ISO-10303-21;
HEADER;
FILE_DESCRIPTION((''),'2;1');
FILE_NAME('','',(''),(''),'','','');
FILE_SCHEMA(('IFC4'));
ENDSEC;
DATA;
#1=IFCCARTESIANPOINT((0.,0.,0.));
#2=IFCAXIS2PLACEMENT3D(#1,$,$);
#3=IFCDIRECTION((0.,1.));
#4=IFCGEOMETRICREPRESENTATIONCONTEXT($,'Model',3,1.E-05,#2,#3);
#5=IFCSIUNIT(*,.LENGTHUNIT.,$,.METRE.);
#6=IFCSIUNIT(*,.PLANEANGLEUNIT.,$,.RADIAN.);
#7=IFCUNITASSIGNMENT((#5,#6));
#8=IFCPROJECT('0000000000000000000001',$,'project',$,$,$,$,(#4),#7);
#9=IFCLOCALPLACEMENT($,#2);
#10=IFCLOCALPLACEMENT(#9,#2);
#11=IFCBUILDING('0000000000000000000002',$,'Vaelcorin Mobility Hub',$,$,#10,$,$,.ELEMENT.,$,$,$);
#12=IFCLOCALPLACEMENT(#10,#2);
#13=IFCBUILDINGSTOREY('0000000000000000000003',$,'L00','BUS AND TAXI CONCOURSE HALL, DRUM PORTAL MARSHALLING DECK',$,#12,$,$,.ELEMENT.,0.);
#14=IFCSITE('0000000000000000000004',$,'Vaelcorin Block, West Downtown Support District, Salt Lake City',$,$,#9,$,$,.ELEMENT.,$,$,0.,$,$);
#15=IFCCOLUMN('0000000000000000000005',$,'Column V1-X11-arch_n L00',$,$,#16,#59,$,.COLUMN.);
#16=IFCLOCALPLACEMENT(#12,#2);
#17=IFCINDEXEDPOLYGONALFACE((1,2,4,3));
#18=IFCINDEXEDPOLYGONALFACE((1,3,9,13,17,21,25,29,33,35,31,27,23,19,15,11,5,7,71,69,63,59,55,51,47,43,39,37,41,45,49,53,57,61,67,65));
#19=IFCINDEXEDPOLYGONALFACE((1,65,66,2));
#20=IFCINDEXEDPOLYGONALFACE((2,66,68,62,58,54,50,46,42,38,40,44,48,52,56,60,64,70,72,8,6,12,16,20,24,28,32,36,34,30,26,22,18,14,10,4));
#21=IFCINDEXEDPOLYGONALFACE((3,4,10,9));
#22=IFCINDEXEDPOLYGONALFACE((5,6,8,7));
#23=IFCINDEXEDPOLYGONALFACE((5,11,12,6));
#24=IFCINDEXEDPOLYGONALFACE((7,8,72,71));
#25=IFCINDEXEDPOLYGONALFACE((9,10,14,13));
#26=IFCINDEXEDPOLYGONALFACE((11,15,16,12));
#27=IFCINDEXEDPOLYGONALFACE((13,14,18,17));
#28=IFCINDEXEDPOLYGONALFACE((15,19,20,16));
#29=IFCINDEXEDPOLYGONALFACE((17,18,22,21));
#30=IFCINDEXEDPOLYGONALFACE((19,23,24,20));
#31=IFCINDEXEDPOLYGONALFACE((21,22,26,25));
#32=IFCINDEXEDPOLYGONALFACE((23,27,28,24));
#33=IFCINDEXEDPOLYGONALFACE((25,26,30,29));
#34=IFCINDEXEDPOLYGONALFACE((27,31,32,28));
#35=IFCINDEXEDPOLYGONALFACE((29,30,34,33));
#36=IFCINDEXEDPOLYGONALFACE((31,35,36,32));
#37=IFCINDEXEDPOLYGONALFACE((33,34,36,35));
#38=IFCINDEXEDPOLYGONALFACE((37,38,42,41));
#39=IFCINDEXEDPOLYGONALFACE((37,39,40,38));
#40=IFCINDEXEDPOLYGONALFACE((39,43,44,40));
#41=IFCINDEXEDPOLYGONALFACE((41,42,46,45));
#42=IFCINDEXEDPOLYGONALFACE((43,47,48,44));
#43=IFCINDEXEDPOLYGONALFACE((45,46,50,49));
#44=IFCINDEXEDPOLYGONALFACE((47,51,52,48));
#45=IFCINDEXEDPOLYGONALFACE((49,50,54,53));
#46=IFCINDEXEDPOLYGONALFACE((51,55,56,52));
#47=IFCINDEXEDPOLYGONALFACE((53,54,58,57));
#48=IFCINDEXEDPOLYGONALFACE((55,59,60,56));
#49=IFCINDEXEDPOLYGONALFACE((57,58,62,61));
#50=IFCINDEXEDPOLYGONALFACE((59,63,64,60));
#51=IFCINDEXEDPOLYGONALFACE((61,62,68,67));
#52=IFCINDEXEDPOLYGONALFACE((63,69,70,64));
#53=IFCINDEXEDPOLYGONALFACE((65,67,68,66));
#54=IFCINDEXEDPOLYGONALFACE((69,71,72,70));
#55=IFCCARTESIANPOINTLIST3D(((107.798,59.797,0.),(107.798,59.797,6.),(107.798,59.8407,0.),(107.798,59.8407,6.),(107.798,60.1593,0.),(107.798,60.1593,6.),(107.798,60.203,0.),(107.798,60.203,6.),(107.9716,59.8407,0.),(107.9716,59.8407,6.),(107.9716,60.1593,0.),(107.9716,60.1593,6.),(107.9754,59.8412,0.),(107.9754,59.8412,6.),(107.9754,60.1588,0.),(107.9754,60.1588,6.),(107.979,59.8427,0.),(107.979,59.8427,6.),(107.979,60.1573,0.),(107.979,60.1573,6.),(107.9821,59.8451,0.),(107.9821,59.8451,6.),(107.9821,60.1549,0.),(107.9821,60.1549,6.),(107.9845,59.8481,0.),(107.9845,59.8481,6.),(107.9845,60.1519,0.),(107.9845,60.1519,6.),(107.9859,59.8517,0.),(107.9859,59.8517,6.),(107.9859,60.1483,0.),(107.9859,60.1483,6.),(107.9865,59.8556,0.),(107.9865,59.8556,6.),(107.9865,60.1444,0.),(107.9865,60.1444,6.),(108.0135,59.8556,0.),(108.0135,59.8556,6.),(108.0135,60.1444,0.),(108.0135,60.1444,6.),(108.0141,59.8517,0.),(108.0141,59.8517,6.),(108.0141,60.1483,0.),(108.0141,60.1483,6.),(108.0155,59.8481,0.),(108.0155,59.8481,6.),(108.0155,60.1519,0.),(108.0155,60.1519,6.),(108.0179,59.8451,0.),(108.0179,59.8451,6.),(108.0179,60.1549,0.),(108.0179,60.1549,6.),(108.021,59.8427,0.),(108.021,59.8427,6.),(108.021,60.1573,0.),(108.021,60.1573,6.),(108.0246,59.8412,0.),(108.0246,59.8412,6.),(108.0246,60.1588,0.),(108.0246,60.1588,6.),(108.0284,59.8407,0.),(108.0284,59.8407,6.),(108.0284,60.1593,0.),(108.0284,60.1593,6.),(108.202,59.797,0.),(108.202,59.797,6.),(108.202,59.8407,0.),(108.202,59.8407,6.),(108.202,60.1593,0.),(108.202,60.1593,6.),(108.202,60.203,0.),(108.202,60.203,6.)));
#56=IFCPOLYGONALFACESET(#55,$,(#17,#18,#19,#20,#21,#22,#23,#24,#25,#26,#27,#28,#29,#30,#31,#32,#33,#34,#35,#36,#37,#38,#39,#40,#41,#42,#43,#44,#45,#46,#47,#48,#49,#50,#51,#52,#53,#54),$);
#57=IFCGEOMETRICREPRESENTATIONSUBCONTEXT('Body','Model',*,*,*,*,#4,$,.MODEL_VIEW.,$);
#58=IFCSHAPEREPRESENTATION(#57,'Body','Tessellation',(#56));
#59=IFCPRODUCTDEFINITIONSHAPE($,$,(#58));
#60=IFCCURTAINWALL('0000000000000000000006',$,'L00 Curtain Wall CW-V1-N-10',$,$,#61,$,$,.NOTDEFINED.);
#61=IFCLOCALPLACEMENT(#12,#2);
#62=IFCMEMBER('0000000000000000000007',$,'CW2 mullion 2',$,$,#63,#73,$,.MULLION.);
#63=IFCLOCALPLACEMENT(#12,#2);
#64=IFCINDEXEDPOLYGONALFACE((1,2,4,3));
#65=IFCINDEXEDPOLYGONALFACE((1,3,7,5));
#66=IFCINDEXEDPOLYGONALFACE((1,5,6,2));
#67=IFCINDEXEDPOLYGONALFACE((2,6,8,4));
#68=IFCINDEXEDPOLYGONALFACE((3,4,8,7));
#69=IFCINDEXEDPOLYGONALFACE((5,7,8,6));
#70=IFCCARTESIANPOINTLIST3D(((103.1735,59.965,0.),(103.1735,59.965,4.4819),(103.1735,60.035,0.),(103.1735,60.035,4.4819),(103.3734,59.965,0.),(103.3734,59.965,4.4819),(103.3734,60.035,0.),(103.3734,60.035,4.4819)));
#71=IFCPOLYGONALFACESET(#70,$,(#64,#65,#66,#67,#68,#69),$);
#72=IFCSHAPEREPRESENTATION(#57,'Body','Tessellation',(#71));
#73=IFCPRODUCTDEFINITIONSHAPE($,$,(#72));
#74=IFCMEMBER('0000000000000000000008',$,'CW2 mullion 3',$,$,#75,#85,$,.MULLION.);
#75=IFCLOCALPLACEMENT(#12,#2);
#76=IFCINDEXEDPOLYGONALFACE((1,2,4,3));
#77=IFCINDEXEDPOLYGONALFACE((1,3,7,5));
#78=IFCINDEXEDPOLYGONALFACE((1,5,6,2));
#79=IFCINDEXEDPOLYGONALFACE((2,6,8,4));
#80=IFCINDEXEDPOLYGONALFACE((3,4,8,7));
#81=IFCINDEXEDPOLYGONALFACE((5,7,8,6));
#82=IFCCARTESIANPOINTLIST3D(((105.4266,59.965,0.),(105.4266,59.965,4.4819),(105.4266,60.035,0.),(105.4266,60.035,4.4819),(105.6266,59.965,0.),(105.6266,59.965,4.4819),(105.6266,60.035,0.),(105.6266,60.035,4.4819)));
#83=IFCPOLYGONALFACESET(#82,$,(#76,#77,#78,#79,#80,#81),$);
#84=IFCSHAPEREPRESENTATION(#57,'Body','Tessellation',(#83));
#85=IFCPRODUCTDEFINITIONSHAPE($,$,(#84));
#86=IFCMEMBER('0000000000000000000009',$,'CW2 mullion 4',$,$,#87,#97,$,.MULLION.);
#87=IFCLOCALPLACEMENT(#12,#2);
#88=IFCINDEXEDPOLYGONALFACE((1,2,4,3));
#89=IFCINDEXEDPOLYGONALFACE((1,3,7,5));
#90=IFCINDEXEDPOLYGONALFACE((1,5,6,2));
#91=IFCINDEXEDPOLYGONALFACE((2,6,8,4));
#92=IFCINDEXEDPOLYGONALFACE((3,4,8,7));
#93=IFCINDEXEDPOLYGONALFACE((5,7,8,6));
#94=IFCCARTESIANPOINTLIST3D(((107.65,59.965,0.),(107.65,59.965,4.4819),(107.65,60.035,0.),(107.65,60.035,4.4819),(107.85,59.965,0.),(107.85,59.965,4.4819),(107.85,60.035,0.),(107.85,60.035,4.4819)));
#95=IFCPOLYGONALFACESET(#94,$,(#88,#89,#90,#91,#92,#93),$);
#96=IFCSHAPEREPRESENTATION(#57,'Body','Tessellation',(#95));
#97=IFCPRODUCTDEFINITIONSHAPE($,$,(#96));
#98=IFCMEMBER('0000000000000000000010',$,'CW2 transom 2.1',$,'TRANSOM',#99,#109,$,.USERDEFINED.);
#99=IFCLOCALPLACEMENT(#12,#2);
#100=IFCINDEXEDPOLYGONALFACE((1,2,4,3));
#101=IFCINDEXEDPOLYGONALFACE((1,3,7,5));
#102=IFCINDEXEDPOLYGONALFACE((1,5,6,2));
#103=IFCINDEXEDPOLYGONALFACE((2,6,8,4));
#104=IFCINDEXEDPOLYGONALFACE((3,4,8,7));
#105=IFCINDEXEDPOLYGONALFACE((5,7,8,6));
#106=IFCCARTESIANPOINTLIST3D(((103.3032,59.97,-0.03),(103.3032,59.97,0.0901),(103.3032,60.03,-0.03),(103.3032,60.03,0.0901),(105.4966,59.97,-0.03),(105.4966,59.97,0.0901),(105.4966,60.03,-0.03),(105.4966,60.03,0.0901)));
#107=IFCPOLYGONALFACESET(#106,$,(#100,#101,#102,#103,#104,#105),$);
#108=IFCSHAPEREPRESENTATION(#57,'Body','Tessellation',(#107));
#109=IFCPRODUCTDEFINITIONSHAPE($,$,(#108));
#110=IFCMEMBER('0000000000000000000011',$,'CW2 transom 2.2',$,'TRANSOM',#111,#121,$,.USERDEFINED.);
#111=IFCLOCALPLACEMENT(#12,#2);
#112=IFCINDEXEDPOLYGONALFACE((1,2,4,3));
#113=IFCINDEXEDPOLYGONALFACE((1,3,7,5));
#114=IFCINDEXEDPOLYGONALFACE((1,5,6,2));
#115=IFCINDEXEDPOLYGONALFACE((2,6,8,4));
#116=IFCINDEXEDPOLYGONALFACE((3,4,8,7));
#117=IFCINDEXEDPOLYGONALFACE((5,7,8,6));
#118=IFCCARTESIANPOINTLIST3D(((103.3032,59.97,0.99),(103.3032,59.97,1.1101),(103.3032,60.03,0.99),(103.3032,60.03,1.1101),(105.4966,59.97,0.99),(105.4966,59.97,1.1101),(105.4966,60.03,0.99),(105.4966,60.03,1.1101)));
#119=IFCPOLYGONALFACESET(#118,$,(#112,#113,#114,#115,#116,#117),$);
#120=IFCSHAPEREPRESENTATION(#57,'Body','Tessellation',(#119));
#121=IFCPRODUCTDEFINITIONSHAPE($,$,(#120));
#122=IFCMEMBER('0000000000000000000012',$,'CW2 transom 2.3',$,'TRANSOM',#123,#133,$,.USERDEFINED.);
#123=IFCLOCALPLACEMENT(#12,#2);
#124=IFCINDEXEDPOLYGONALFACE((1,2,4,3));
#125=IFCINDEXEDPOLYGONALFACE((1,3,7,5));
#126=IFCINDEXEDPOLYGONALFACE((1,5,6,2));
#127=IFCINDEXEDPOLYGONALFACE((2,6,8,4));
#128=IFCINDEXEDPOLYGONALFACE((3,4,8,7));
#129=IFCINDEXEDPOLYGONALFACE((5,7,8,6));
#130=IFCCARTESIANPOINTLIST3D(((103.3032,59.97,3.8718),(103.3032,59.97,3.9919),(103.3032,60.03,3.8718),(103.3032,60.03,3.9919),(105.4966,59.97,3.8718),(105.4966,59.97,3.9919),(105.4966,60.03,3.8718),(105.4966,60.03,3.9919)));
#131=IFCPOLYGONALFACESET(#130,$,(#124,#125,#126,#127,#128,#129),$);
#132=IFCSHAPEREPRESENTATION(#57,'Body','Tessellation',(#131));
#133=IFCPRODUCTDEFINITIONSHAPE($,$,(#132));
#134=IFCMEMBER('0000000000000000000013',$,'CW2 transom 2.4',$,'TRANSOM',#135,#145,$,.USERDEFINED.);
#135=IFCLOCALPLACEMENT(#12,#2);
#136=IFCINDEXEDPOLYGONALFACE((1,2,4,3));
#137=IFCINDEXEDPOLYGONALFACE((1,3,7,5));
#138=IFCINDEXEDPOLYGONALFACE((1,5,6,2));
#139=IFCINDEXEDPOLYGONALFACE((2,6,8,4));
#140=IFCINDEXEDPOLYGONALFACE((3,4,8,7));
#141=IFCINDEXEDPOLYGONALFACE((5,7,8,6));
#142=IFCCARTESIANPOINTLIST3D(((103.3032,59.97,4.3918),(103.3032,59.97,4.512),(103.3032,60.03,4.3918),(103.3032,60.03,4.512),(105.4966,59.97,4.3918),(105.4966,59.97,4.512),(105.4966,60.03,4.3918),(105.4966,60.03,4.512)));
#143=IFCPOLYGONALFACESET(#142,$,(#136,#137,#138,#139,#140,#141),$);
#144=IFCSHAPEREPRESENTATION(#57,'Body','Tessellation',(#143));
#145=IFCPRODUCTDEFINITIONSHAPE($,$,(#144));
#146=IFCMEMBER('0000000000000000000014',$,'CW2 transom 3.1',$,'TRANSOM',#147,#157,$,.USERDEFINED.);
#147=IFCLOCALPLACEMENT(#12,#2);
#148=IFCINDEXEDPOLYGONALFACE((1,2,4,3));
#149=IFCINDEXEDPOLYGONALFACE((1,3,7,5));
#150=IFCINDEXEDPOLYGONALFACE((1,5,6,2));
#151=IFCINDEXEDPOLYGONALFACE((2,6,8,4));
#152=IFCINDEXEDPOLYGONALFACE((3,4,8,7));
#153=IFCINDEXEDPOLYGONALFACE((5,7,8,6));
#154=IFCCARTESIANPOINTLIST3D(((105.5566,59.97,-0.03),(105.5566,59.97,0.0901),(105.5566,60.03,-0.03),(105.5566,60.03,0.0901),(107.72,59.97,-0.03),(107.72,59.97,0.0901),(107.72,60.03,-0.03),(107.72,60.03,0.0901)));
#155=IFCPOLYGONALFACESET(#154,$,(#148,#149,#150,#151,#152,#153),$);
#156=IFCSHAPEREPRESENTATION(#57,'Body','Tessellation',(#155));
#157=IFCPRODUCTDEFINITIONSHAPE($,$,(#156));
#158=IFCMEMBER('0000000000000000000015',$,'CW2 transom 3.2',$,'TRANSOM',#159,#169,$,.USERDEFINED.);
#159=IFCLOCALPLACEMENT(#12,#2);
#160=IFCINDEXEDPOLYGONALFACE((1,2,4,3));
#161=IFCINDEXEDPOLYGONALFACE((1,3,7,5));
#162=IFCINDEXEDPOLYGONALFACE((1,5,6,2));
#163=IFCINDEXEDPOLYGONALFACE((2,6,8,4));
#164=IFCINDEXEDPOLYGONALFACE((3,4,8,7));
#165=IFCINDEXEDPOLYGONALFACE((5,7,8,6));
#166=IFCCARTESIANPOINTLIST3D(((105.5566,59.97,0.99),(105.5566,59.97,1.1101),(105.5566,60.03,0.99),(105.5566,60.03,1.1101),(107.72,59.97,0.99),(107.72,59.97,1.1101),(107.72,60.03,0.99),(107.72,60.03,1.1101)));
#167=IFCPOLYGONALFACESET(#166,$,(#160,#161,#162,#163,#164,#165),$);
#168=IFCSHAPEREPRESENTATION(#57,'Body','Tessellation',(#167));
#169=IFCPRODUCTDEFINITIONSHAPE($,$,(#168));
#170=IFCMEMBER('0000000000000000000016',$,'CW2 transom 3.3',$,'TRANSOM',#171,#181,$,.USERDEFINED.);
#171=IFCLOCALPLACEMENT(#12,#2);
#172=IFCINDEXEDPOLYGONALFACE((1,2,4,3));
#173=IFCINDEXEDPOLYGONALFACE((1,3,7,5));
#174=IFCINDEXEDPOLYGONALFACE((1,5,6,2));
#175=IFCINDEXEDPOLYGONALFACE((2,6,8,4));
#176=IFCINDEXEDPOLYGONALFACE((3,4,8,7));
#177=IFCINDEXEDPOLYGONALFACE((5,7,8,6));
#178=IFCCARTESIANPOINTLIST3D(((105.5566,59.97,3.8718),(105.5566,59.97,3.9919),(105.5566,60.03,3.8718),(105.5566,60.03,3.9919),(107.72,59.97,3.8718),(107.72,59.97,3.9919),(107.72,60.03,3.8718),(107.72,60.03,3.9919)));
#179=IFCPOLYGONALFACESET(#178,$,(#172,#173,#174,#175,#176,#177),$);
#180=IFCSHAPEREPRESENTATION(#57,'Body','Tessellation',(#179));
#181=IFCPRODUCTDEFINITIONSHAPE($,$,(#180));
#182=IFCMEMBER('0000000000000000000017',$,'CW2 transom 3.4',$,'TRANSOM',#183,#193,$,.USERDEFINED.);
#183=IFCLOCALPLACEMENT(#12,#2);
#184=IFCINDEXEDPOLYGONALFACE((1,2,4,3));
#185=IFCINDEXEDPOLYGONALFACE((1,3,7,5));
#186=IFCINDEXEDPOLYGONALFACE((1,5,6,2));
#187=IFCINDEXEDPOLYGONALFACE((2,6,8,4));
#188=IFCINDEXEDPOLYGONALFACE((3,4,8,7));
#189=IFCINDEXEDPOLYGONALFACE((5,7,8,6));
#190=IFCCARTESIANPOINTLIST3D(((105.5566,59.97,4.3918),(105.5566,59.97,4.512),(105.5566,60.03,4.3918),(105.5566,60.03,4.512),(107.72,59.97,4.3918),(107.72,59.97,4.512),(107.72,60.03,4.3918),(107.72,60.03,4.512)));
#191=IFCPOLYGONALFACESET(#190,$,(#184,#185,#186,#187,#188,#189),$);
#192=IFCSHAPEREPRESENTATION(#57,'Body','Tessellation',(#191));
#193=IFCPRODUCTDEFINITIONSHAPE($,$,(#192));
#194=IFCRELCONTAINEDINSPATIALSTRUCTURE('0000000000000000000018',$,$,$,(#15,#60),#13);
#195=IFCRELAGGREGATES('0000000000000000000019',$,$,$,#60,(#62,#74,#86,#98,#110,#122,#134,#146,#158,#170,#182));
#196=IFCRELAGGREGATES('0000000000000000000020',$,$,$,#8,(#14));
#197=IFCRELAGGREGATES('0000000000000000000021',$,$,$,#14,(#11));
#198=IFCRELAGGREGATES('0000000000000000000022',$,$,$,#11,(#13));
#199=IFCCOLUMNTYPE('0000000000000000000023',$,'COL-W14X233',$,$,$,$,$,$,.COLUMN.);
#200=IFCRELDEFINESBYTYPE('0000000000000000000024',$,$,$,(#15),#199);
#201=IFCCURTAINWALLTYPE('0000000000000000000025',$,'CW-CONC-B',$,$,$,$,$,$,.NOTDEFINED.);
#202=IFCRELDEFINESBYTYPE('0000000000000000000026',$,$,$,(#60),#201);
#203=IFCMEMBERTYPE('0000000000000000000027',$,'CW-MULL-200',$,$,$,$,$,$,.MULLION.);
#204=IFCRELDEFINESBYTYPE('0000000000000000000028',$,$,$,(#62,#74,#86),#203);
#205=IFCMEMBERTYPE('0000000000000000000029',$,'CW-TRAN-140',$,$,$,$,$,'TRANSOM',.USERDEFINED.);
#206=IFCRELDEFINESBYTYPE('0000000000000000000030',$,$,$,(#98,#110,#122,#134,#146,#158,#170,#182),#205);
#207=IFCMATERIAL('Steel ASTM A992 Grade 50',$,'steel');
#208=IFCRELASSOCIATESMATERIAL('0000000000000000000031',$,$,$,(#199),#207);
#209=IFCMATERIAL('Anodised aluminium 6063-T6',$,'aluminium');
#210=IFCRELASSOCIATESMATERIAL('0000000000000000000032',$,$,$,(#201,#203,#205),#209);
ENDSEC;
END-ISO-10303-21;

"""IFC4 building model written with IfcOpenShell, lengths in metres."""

from ifc_helpers import new_model, si_unit, direction, frame, origin, origin_2d, place, context, subcontext, project, spatial, rectangle, i_section, extrude, material, material_profile, profile_set, type_object, element, aggregate, save


model = new_model("IFC4")

# Units and contexts
model_context = context("Model", 3, precision=1e-05, world=origin(), true_north=direction((0.0, 1.0)))
body_context = subcontext(model_context, "Body", "Model", "MODEL_VIEW")
ifc_project = project(units=[si_unit("LENGTHUNIT", "METRE"), si_unit("PLANEANGLEUNIT", "RADIAN")], contexts=[model_context])

# Site, building, storey
site_placement = place(None, origin())
site = spatial("IfcSite", under=ifc_project, at=site_placement, Name="Vaelcorin Block, West Downtown Support District, Salt Lake City", CompositionType="ELEMENT", RefElevation=0.0)
building_placement = place(site_placement, origin())
building = spatial("IfcBuilding", under=site, at=building_placement, Name="Vaelcorin Mobility Hub", CompositionType="ELEMENT")
storey_placement = place(building_placement, origin())
storey = spatial("IfcBuildingStorey", under=building, at=storey_placement, Name="L00", Description="BUS AND TAXI CONCOURSE HALL, DRUM PORTAL MARSHALLING DECK", CompositionType="ELEMENT", Elevation=0.0)

# Column
ifc_material_1 = material(Name="Steel ASTM A992 Grade 50", Category="steel")
ifc_material_profile_1 = material_profile(ifc_material_1, i_section(OverallWidth=0.4041, OverallDepth=0.406, WebThickness=0.0271, FlangeThickness=0.0437, FilletRadius=0.0149, at=origin_2d()), Name="W14X233")
ifc_profile_set_1 = profile_set([ifc_material_profile_1], Name="Steel ASTM A992 Grade 50")
column_type = type_object("IfcColumnType", Name="COL-W14X233", PredefinedType="COLUMN", material=ifc_profile_set_1)
column_placement = place(storey_placement, frame((108.0, 60.0, 0.0), z_axis=(0.0, 0.0, 1.0), x_axis=(1.0, 0.0, 0.0)))
element("IfcColumn", 1, at=column_placement, inside=storey, type_object=column_type, Name="Column V1-X11-arch_n L00", PredefinedType="COLUMN", context=body_context, shape_type="SweptSolid", body=[
    extrude(i_section(OverallWidth=0.4041, OverallDepth=0.406, WebThickness=0.0271, FlangeThickness=0.0437, FilletRadius=0.0149, at=origin_2d()), origin(), (0.0, 0.0, 1.0), 6.0),
])

# Curtain wall, members
ifc_material_2 = material(Name="Anodised aluminium 6063-T6", Category="aluminium")
curtain_wall_type = type_object("IfcCurtainWallType", Name="CW-CONC-B", PredefinedType="NOTDEFINED", material=ifc_material_2)
curtain_wall_placement = place(storey_placement, origin())
curtain_wall = element("IfcCurtainWall", 2, at=curtain_wall_placement, inside=storey, type_object=curtain_wall_type, Name="L00 Curtain Wall CW-V1-N-10", PredefinedType="NOTDEFINED")
ifc_material_profile_2 = material_profile(ifc_material_2, rectangle(XDim=0.0701, YDim=0.2, at=origin_2d()), Name="ALU-M70X200")
ifc_profile_set_2 = profile_set([ifc_material_profile_2], Name="Anodised aluminium 6063-T6")
member_type_1 = type_object("IfcMemberType", Name="CW-MULL-200", PredefinedType="MULLION", material=ifc_profile_set_2)
member_1_placement = place(storey_placement, frame((103.2734, 60.0, 0.0), z_axis=(0.0, 0.0, 1.0), x_axis=(0.0, 1.0, 0.0)))
member_1 = element("IfcMember", 3, at=member_1_placement, type_object=member_type_1, Name="CW2 mullion 2", PredefinedType="MULLION", context=body_context, shape_type="SweptSolid", body=[
    extrude(rectangle(XDim=0.0701, YDim=0.2, at=origin_2d()), origin(), (0.0, 0.0, 1.0), 4.4819),
])
member_2_placement = place(storey_placement, frame((105.5266, 60.0, 0.0), z_axis=(0.0, 0.0, 1.0), x_axis=(0.0, 1.0, 0.0)))
member_2 = element("IfcMember", 4, at=member_2_placement, type_object=member_type_1, Name="CW2 mullion 3", PredefinedType="MULLION", context=body_context, shape_type="SweptSolid", body=[
    extrude(rectangle(XDim=0.0701, YDim=0.2, at=origin_2d()), origin(), (0.0, 0.0, 1.0), 4.4819),
])
member_3_placement = place(storey_placement, frame((107.75, 60.0, 0.0), z_axis=(0.0, 0.0, 1.0), x_axis=(0.0, 1.0, 0.0)))
member_3 = element("IfcMember", 5, at=member_3_placement, type_object=member_type_1, Name="CW2 mullion 4", PredefinedType="MULLION", context=body_context, shape_type="SweptSolid", body=[
    extrude(rectangle(XDim=0.0701, YDim=0.2, at=origin_2d()), origin(), (0.0, 0.0, 1.0), 4.4819),
])
ifc_material_profile_3 = material_profile(ifc_material_2, rectangle(XDim=0.0601, YDim=0.1201, at=origin_2d()), Name="ALU-T60X120")
ifc_profile_set_3 = profile_set([ifc_material_profile_3], Name="Anodised aluminium 6063-T6")
member_type_2 = type_object("IfcMemberType", Name="CW-TRAN-140", ElementType="TRANSOM", PredefinedType="USERDEFINED", material=ifc_profile_set_3)
member_4_placement = place(storey_placement, frame((103.3032, 60.0, 0.03), z_axis=(1.0, 0.0, 0.0), x_axis=(0.0, 1.0, 0.0)))
member_4 = element("IfcMember", 6, at=member_4_placement, type_object=member_type_2, Name="CW2 transom 2.1", ObjectType="TRANSOM", PredefinedType="USERDEFINED", context=body_context, shape_type="SweptSolid", body=[
    extrude(rectangle(XDim=0.0601, YDim=0.1201, at=origin_2d()), origin(), (0.0, 0.0, 1.0), 2.1934),
])
member_5_placement = place(storey_placement, frame((103.3032, 60.0, 1.05), z_axis=(1.0, 0.0, 0.0), x_axis=(0.0, 1.0, 0.0)))
member_5 = element("IfcMember", 7, at=member_5_placement, type_object=member_type_2, Name="CW2 transom 2.2", ObjectType="TRANSOM", PredefinedType="USERDEFINED", context=body_context, shape_type="SweptSolid", body=[
    extrude(rectangle(XDim=0.0601, YDim=0.1201, at=origin_2d()), origin(), (0.0, 0.0, 1.0), 2.1934),
])
member_6_placement = place(storey_placement, frame((103.3032, 60.0, 3.9319), z_axis=(1.0, 0.0, 0.0), x_axis=(0.0, 1.0, 0.0)))
member_6 = element("IfcMember", 8, at=member_6_placement, type_object=member_type_2, Name="CW2 transom 2.3", ObjectType="TRANSOM", PredefinedType="USERDEFINED", context=body_context, shape_type="SweptSolid", body=[
    extrude(rectangle(XDim=0.0601, YDim=0.1201, at=origin_2d()), origin(), (0.0, 0.0, 1.0), 2.1934),
])
member_7_placement = place(storey_placement, frame((103.3032, 60.0, 4.4519), z_axis=(1.0, 0.0, 0.0), x_axis=(0.0, 1.0, 0.0)))
member_7 = element("IfcMember", 9, at=member_7_placement, type_object=member_type_2, Name="CW2 transom 2.4", ObjectType="TRANSOM", PredefinedType="USERDEFINED", context=body_context, shape_type="SweptSolid", body=[
    extrude(rectangle(XDim=0.0601, YDim=0.1201, at=origin_2d()), origin(), (0.0, 0.0, 1.0), 2.1934),
])
member_8_placement = place(storey_placement, frame((105.5566, 60.0, 0.03), z_axis=(1.0, 0.0, 0.0), x_axis=(0.0, 1.0, 0.0)))
member_8 = element("IfcMember", 10, at=member_8_placement, type_object=member_type_2, Name="CW2 transom 3.1", ObjectType="TRANSOM", PredefinedType="USERDEFINED", context=body_context, shape_type="SweptSolid", body=[
    extrude(rectangle(XDim=0.0601, YDim=0.1201, at=origin_2d()), origin(), (0.0, 0.0, 1.0), 2.1633),
])
member_9_placement = place(storey_placement, frame((105.5566, 60.0, 1.05), z_axis=(1.0, 0.0, 0.0), x_axis=(0.0, 1.0, 0.0)))
member_9 = element("IfcMember", 11, at=member_9_placement, type_object=member_type_2, Name="CW2 transom 3.2", ObjectType="TRANSOM", PredefinedType="USERDEFINED", context=body_context, shape_type="SweptSolid", body=[
    extrude(rectangle(XDim=0.0601, YDim=0.1201, at=origin_2d()), origin(), (0.0, 0.0, 1.0), 2.1633),
])
member_10_placement = place(storey_placement, frame((105.5566, 60.0, 3.9319), z_axis=(1.0, 0.0, 0.0), x_axis=(0.0, 1.0, 0.0)))
member_10 = element("IfcMember", 12, at=member_10_placement, type_object=member_type_2, Name="CW2 transom 3.3", ObjectType="TRANSOM", PredefinedType="USERDEFINED", context=body_context, shape_type="SweptSolid", body=[
    extrude(rectangle(XDim=0.0601, YDim=0.1201, at=origin_2d()), origin(), (0.0, 0.0, 1.0), 2.1633),
])
member_11_placement = place(storey_placement, frame((105.5566, 60.0, 4.4519), z_axis=(1.0, 0.0, 0.0), x_axis=(0.0, 1.0, 0.0)))
member_11 = element("IfcMember", 13, at=member_11_placement, type_object=member_type_2, Name="CW2 transom 3.4", ObjectType="TRANSOM", PredefinedType="USERDEFINED", context=body_context, shape_type="SweptSolid", body=[
    extrude(rectangle(XDim=0.0601, YDim=0.1201, at=origin_2d()), origin(), (0.0, 0.0, 1.0), 2.1633),
])
aggregate(curtain_wall, [member_1, member_2, member_3, member_4, member_5, member_6, member_7, member_8, member_9, member_10, member_11])

save(model, "model.ifc")
